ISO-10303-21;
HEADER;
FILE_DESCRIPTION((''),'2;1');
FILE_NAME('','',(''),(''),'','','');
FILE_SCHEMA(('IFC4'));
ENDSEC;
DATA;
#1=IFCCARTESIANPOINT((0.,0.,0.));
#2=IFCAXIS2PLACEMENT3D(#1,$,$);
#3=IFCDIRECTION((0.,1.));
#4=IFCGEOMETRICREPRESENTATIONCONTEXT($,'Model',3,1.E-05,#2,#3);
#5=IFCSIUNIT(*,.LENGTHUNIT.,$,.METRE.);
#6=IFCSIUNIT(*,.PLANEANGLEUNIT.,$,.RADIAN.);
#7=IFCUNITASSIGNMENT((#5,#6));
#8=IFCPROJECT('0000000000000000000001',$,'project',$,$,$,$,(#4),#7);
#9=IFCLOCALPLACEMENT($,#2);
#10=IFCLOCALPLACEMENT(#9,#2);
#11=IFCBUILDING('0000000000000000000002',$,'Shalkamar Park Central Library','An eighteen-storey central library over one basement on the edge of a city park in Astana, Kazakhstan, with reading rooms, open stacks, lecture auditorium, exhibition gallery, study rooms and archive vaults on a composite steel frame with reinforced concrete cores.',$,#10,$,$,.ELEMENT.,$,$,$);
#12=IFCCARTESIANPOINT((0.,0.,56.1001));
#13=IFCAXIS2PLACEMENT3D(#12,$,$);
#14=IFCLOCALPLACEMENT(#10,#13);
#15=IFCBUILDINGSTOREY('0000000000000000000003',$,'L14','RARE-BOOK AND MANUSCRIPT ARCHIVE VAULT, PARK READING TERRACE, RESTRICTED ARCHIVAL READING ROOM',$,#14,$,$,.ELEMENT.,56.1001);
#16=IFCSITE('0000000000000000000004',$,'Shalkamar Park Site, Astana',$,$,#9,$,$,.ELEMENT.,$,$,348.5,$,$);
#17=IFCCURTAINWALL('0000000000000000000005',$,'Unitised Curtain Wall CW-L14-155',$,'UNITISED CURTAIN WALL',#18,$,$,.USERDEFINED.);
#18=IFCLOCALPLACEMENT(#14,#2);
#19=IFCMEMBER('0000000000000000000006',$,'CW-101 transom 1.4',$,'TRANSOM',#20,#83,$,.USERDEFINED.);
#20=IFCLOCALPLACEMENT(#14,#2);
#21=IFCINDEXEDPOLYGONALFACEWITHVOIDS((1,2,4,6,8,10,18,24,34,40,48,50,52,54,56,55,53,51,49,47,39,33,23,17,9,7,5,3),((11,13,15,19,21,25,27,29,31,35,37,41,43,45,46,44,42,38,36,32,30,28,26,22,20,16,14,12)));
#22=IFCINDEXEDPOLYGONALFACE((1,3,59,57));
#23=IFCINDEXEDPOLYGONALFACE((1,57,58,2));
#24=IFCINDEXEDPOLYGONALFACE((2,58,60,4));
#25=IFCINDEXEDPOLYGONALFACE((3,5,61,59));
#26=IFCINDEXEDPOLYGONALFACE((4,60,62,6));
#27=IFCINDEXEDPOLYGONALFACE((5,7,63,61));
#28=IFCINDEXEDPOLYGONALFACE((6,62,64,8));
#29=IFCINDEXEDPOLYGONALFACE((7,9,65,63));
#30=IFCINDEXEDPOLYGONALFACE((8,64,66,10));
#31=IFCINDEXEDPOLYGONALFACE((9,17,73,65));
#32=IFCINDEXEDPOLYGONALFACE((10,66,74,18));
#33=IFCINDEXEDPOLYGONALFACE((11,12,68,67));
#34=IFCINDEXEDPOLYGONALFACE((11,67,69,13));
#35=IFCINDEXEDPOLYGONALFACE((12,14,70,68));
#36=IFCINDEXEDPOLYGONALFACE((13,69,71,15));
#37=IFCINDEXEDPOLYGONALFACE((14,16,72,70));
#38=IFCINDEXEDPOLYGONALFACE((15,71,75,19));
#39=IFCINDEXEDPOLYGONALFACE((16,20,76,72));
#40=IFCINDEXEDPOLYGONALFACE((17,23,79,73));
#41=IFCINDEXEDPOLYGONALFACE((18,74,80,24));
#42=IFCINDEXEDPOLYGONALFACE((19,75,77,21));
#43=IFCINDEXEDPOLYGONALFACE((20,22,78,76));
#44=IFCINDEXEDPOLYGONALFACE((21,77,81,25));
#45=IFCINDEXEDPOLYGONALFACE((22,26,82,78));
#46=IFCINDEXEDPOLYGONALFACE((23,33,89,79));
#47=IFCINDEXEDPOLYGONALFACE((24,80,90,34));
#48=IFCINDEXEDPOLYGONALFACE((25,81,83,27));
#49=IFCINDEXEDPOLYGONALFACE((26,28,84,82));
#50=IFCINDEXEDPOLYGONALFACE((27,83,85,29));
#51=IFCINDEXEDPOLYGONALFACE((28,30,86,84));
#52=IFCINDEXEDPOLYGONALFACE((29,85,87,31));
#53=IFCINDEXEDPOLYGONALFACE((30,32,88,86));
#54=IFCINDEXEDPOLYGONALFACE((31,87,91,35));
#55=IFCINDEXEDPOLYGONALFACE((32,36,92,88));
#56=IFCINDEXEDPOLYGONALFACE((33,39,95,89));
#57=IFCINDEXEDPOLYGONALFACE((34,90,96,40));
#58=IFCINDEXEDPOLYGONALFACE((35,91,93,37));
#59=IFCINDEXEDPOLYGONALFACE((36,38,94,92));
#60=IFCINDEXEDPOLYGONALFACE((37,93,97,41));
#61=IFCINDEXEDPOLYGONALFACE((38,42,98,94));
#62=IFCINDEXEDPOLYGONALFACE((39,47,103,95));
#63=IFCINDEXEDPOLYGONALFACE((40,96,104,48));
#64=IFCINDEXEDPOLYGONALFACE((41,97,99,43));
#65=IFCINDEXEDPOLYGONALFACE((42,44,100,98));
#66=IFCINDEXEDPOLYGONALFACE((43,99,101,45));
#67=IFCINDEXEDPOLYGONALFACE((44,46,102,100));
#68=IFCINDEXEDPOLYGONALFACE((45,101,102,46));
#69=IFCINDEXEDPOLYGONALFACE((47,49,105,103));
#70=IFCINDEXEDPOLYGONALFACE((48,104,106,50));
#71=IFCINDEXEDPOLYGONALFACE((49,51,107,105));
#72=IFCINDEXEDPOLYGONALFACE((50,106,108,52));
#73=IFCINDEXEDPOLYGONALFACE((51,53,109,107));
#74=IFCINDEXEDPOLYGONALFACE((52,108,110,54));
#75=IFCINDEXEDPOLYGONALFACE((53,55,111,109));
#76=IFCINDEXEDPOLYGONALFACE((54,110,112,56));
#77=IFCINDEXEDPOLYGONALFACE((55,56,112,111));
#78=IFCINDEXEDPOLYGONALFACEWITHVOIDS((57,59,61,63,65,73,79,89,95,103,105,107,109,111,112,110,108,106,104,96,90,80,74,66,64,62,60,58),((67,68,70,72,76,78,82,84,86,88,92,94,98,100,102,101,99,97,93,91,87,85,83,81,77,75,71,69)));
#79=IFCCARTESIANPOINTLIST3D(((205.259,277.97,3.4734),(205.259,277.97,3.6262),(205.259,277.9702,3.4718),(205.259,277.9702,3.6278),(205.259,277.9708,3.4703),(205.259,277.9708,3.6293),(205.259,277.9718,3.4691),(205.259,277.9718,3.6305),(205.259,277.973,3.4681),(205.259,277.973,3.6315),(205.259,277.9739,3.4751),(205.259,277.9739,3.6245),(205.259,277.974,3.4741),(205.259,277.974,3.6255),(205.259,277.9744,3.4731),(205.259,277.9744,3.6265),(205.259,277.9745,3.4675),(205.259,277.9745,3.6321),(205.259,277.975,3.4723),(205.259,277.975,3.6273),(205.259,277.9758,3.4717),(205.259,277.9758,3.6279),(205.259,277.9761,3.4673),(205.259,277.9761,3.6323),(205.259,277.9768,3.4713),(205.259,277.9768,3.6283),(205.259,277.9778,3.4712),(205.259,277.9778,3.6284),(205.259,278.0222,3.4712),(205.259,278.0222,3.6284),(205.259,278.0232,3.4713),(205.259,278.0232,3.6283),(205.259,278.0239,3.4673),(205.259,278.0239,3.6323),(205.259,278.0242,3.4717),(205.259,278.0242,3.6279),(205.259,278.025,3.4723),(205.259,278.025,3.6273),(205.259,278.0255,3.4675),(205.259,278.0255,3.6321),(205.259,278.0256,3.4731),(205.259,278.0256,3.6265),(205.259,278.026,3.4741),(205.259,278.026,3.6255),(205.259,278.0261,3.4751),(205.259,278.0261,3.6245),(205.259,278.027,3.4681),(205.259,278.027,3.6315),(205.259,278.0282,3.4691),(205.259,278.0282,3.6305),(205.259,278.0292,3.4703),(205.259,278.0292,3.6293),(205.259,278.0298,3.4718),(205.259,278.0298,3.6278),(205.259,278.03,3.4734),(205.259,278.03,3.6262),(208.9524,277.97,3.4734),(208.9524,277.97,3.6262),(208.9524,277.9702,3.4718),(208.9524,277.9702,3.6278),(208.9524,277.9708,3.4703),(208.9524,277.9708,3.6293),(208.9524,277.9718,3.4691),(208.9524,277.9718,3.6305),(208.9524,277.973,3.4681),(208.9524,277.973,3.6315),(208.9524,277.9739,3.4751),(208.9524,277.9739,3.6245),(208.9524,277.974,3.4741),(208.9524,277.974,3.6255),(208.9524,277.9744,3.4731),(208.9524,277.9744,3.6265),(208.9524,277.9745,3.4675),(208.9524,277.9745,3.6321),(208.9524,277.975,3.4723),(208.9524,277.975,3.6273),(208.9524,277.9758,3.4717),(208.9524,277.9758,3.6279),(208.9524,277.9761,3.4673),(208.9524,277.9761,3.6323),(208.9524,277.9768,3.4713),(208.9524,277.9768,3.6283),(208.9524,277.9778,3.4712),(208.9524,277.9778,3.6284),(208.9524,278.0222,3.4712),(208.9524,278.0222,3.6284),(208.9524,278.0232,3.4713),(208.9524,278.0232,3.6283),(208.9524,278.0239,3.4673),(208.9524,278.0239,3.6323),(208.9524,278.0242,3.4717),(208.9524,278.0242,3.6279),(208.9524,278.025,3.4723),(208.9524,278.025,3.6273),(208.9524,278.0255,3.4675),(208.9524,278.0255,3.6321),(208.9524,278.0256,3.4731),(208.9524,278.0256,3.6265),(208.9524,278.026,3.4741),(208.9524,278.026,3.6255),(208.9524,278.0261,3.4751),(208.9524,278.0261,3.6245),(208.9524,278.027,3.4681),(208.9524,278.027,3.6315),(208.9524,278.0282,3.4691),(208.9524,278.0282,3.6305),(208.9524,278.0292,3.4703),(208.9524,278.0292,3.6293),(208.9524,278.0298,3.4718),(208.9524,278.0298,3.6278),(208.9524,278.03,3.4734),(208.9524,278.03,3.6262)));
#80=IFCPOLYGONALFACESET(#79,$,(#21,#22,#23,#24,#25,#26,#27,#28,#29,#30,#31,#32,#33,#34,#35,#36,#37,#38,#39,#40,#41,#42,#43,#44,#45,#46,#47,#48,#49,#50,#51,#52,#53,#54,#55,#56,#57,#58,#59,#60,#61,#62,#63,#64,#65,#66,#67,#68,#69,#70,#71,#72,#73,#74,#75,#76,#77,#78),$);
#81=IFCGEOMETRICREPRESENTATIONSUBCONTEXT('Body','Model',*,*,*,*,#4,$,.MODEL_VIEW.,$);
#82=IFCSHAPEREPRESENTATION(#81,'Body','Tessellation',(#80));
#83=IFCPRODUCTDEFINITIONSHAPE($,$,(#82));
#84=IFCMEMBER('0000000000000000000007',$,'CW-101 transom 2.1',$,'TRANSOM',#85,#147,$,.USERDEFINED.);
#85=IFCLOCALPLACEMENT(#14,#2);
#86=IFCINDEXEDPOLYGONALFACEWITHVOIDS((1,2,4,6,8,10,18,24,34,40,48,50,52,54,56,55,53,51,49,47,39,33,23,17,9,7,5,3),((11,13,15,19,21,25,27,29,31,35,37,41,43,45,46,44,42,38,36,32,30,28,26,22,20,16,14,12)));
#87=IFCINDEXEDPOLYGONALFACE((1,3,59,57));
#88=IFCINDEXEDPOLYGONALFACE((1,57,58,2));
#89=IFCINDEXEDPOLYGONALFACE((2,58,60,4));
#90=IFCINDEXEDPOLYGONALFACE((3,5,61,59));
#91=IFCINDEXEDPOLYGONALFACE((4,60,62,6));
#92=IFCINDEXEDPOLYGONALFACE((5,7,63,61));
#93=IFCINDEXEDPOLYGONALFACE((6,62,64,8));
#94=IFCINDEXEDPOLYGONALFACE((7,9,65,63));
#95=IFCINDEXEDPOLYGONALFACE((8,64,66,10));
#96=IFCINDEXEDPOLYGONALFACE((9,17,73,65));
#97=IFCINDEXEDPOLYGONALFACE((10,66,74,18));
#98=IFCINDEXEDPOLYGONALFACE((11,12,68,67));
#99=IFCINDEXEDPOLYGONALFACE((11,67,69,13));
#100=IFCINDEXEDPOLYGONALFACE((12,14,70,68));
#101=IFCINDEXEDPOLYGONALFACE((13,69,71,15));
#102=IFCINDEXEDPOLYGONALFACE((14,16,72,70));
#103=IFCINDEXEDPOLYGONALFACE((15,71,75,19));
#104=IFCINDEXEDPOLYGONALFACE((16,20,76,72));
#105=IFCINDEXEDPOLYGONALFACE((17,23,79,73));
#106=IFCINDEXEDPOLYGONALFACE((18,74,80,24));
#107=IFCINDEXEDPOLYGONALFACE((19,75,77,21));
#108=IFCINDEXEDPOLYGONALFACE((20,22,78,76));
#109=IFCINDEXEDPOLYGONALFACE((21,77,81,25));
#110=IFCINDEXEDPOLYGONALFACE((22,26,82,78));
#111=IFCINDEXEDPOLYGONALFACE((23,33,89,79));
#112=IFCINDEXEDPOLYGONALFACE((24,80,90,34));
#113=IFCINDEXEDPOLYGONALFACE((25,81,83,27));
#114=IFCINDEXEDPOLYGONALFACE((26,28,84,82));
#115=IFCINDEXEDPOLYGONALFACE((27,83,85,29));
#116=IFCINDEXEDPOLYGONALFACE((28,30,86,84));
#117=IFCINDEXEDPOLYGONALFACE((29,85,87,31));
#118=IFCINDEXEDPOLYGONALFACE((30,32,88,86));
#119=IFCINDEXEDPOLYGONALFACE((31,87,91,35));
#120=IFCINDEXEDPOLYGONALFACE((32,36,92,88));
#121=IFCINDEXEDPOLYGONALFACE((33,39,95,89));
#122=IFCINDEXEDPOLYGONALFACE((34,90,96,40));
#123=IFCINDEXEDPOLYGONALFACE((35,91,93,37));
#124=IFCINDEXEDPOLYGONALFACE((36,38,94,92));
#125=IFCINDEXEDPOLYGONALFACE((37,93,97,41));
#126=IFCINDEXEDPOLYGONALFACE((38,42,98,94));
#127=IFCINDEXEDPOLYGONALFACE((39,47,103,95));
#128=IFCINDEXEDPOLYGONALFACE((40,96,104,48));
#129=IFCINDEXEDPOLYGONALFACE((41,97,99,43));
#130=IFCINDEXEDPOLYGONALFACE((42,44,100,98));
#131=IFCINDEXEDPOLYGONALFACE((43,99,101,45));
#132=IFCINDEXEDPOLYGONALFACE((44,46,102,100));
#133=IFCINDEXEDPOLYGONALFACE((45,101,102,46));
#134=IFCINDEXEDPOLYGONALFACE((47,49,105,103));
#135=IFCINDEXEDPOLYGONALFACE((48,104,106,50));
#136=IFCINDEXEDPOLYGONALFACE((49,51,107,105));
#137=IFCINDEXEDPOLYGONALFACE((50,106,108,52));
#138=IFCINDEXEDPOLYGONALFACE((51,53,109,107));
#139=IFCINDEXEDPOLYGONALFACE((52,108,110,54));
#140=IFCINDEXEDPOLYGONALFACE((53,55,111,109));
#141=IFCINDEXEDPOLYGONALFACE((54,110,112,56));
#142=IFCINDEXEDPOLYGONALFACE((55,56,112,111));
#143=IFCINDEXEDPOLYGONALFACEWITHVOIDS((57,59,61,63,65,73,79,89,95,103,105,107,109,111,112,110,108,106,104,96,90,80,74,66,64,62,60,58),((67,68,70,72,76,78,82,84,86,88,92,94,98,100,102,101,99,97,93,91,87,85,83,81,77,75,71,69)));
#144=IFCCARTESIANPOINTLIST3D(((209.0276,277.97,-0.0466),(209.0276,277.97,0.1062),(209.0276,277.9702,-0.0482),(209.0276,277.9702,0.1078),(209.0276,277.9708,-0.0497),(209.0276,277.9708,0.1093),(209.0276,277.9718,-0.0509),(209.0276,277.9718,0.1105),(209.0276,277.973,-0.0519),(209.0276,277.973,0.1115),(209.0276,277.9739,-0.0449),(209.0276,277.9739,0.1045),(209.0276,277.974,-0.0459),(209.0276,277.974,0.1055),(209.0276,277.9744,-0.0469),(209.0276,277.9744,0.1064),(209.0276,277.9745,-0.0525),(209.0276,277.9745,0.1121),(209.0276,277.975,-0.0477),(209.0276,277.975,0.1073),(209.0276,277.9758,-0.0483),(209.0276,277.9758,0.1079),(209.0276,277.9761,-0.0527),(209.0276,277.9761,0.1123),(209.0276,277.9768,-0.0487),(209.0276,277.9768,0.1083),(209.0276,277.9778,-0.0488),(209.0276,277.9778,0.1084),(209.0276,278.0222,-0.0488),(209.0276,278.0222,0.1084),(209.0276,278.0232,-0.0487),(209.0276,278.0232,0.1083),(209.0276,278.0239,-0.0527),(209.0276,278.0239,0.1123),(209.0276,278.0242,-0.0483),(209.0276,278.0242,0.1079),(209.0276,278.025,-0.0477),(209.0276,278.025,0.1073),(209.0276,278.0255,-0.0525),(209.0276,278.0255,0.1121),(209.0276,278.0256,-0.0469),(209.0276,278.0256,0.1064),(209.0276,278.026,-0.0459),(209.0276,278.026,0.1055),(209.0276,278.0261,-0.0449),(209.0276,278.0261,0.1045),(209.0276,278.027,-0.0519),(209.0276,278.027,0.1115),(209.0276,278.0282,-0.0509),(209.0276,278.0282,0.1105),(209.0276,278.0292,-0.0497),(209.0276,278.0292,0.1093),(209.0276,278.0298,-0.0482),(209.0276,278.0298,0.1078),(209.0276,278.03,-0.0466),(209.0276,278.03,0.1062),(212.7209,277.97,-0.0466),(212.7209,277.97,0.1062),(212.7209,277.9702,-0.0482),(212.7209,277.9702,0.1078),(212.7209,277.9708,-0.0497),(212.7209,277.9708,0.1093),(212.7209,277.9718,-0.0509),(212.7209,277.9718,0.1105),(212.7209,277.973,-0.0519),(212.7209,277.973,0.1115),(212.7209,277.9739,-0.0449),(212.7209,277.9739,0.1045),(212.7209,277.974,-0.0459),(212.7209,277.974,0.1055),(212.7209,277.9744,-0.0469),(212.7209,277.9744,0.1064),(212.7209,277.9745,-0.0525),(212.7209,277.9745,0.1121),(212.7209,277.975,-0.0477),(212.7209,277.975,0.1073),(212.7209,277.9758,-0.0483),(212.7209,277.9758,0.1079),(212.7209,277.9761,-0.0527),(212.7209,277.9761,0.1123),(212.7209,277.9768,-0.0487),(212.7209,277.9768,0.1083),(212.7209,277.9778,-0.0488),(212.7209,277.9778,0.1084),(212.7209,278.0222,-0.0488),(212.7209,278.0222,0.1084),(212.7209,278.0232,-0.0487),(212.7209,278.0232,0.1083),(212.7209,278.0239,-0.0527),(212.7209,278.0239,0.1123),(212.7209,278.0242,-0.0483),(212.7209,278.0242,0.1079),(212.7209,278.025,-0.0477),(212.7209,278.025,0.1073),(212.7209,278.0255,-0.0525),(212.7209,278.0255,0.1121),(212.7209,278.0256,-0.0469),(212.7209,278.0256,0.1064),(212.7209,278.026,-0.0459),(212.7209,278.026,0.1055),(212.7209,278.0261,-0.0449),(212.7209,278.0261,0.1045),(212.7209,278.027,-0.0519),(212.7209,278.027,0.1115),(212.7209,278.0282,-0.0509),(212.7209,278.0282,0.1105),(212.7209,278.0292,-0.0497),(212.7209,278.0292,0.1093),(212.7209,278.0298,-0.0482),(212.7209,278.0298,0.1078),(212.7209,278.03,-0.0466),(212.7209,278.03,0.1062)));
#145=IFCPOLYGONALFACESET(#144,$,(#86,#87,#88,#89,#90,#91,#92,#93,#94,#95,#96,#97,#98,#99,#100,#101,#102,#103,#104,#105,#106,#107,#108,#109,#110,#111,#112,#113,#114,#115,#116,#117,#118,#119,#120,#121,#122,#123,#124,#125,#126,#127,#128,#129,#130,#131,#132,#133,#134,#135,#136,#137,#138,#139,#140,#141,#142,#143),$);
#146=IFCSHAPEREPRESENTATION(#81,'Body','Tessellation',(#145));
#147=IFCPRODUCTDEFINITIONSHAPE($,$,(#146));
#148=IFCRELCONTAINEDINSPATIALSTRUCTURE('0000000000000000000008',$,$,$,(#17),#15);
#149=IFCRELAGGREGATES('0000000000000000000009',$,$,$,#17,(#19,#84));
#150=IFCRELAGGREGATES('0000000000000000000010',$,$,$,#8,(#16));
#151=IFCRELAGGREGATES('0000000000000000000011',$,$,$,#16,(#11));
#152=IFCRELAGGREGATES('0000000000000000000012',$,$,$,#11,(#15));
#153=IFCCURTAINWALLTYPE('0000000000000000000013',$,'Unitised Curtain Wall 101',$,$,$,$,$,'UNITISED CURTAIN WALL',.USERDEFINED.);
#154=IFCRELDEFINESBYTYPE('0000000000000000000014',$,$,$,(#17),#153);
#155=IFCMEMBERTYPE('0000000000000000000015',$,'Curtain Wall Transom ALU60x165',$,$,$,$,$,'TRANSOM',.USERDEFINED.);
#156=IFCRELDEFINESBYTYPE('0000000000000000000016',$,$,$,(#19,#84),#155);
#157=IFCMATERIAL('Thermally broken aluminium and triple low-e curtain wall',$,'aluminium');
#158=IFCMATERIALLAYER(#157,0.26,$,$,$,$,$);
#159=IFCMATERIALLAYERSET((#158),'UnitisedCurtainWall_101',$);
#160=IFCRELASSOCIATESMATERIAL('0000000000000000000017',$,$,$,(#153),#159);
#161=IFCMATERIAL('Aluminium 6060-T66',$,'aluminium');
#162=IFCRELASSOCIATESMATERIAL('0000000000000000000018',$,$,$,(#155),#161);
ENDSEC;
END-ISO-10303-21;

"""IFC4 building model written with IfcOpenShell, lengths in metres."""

from ifc_helpers import new_model, si_unit, direction, frame, origin, origin_2d, place, context, subcontext, project, spatial, hollow_rectangle, extrude, material, layer, layer_set, material_profile, profile_set, type_object, element, aggregate, save


model = new_model("IFC4")

# Units and contexts
model_context = context("Model", 3, precision=1e-05, world=origin(), true_north=direction((0.0, 1.0)))
body_context = subcontext(model_context, "Body", "Model", "MODEL_VIEW")
ifc_project = project(units=[si_unit("LENGTHUNIT", "METRE"), si_unit("PLANEANGLEUNIT", "RADIAN")], contexts=[model_context])

# Site, building, storey
site_placement = place(None, origin())
site = spatial("IfcSite", under=ifc_project, at=site_placement, Name="Shalkamar Park Site, Astana", CompositionType="ELEMENT", RefElevation=348.5)
building_placement = place(site_placement, origin())
building = spatial("IfcBuilding", under=site, at=building_placement, Name="Shalkamar Park Central Library", Description="An eighteen-storey central library over one basement on the edge of a city park in Astana, Kazakhstan, with reading rooms, open stacks, lecture auditorium, exhibition gallery, study rooms and archive vaults on a composite steel frame with reinforced concrete cores.", CompositionType="ELEMENT")
storey_placement = place(building_placement, frame((0.0, 0.0, 56.1001)))
storey = spatial("IfcBuildingStorey", under=building, at=storey_placement, Name="L14", Description="RARE-BOOK AND MANUSCRIPT ARCHIVE VAULT, PARK READING TERRACE, RESTRICTED ARCHIVAL READING ROOM", CompositionType="ELEMENT", Elevation=56.1001)

# Curtain wall, members
ifc_material_1 = material(Name="Thermally broken aluminium and triple low-e curtain wall", Category="aluminium")
ifc_layer_1 = layer(ifc_material_1, 0.26)
ifc_layer_set_1 = layer_set([ifc_layer_1], Name="UnitisedCurtainWall_101")
curtain_wall_type = type_object("IfcCurtainWallType", Name="Unitised Curtain Wall 101", ElementType="UNITISED CURTAIN WALL", PredefinedType="USERDEFINED", material=ifc_layer_set_1)
curtain_wall_placement = place(storey_placement, origin())
curtain_wall = element("IfcCurtainWall", 1, at=curtain_wall_placement, inside=storey, type_object=curtain_wall_type, Name="Unitised Curtain Wall CW-L14-155", ObjectType="UNITISED CURTAIN WALL", PredefinedType="USERDEFINED")
ifc_material_2 = material(Name="Aluminium 6060-T66", Category="aluminium")
ifc_material_profile_1 = material_profile(ifc_material_2, hollow_rectangle(XDim=0.0601, YDim=0.165, WallThickness=0.0039, InnerFilletRadius=0.0039, OuterFilletRadius=0.0061, at=origin_2d()), Name="ALU 60x165x4")
ifc_profile_set_1 = profile_set([ifc_material_profile_1], Name="Aluminium 6060-T66")
member_type_1 = type_object("IfcMemberType", Name="Curtain Wall Transom ALU60x165", ElementType="TRANSOM", PredefinedType="USERDEFINED", material=ifc_profile_set_1)
member_1_placement = place(storey_placement, frame((205.259, 278.0, 3.5498), z_axis=(1.0, 0.0, 0.0), x_axis=(0.0, 1.0, 0.0)))
member_1 = element("IfcMember", 2, at=member_1_placement, type_object=member_type_1, Name="CW-101 transom 1.4", ObjectType="TRANSOM", PredefinedType="USERDEFINED", context=body_context, shape_type="SweptSolid", body=[
    extrude(hollow_rectangle(XDim=0.0601, YDim=0.165, WallThickness=0.0039, InnerFilletRadius=0.0039, OuterFilletRadius=0.0061, at=origin_2d()), origin(), (0.0, 0.0, 1.0), 3.6934),
])
member_2_placement = place(storey_placement, frame((209.0276, 278.0, 0.0298), z_axis=(1.0, 0.0, 0.0), x_axis=(0.0, 1.0, 0.0)))
member_2 = element("IfcMember", 3, at=member_2_placement, type_object=member_type_1, Name="CW-101 transom 2.1", ObjectType="TRANSOM", PredefinedType="USERDEFINED", context=body_context, shape_type="SweptSolid", body=[
    extrude(hollow_rectangle(XDim=0.0601, YDim=0.165, WallThickness=0.0039, InnerFilletRadius=0.0039, OuterFilletRadius=0.0061, at=origin_2d()), origin(), (0.0, 0.0, 1.0), 3.6934),
])

aggregate(curtain_wall, [member_1, member_2])

save(model, "model.ifc")
